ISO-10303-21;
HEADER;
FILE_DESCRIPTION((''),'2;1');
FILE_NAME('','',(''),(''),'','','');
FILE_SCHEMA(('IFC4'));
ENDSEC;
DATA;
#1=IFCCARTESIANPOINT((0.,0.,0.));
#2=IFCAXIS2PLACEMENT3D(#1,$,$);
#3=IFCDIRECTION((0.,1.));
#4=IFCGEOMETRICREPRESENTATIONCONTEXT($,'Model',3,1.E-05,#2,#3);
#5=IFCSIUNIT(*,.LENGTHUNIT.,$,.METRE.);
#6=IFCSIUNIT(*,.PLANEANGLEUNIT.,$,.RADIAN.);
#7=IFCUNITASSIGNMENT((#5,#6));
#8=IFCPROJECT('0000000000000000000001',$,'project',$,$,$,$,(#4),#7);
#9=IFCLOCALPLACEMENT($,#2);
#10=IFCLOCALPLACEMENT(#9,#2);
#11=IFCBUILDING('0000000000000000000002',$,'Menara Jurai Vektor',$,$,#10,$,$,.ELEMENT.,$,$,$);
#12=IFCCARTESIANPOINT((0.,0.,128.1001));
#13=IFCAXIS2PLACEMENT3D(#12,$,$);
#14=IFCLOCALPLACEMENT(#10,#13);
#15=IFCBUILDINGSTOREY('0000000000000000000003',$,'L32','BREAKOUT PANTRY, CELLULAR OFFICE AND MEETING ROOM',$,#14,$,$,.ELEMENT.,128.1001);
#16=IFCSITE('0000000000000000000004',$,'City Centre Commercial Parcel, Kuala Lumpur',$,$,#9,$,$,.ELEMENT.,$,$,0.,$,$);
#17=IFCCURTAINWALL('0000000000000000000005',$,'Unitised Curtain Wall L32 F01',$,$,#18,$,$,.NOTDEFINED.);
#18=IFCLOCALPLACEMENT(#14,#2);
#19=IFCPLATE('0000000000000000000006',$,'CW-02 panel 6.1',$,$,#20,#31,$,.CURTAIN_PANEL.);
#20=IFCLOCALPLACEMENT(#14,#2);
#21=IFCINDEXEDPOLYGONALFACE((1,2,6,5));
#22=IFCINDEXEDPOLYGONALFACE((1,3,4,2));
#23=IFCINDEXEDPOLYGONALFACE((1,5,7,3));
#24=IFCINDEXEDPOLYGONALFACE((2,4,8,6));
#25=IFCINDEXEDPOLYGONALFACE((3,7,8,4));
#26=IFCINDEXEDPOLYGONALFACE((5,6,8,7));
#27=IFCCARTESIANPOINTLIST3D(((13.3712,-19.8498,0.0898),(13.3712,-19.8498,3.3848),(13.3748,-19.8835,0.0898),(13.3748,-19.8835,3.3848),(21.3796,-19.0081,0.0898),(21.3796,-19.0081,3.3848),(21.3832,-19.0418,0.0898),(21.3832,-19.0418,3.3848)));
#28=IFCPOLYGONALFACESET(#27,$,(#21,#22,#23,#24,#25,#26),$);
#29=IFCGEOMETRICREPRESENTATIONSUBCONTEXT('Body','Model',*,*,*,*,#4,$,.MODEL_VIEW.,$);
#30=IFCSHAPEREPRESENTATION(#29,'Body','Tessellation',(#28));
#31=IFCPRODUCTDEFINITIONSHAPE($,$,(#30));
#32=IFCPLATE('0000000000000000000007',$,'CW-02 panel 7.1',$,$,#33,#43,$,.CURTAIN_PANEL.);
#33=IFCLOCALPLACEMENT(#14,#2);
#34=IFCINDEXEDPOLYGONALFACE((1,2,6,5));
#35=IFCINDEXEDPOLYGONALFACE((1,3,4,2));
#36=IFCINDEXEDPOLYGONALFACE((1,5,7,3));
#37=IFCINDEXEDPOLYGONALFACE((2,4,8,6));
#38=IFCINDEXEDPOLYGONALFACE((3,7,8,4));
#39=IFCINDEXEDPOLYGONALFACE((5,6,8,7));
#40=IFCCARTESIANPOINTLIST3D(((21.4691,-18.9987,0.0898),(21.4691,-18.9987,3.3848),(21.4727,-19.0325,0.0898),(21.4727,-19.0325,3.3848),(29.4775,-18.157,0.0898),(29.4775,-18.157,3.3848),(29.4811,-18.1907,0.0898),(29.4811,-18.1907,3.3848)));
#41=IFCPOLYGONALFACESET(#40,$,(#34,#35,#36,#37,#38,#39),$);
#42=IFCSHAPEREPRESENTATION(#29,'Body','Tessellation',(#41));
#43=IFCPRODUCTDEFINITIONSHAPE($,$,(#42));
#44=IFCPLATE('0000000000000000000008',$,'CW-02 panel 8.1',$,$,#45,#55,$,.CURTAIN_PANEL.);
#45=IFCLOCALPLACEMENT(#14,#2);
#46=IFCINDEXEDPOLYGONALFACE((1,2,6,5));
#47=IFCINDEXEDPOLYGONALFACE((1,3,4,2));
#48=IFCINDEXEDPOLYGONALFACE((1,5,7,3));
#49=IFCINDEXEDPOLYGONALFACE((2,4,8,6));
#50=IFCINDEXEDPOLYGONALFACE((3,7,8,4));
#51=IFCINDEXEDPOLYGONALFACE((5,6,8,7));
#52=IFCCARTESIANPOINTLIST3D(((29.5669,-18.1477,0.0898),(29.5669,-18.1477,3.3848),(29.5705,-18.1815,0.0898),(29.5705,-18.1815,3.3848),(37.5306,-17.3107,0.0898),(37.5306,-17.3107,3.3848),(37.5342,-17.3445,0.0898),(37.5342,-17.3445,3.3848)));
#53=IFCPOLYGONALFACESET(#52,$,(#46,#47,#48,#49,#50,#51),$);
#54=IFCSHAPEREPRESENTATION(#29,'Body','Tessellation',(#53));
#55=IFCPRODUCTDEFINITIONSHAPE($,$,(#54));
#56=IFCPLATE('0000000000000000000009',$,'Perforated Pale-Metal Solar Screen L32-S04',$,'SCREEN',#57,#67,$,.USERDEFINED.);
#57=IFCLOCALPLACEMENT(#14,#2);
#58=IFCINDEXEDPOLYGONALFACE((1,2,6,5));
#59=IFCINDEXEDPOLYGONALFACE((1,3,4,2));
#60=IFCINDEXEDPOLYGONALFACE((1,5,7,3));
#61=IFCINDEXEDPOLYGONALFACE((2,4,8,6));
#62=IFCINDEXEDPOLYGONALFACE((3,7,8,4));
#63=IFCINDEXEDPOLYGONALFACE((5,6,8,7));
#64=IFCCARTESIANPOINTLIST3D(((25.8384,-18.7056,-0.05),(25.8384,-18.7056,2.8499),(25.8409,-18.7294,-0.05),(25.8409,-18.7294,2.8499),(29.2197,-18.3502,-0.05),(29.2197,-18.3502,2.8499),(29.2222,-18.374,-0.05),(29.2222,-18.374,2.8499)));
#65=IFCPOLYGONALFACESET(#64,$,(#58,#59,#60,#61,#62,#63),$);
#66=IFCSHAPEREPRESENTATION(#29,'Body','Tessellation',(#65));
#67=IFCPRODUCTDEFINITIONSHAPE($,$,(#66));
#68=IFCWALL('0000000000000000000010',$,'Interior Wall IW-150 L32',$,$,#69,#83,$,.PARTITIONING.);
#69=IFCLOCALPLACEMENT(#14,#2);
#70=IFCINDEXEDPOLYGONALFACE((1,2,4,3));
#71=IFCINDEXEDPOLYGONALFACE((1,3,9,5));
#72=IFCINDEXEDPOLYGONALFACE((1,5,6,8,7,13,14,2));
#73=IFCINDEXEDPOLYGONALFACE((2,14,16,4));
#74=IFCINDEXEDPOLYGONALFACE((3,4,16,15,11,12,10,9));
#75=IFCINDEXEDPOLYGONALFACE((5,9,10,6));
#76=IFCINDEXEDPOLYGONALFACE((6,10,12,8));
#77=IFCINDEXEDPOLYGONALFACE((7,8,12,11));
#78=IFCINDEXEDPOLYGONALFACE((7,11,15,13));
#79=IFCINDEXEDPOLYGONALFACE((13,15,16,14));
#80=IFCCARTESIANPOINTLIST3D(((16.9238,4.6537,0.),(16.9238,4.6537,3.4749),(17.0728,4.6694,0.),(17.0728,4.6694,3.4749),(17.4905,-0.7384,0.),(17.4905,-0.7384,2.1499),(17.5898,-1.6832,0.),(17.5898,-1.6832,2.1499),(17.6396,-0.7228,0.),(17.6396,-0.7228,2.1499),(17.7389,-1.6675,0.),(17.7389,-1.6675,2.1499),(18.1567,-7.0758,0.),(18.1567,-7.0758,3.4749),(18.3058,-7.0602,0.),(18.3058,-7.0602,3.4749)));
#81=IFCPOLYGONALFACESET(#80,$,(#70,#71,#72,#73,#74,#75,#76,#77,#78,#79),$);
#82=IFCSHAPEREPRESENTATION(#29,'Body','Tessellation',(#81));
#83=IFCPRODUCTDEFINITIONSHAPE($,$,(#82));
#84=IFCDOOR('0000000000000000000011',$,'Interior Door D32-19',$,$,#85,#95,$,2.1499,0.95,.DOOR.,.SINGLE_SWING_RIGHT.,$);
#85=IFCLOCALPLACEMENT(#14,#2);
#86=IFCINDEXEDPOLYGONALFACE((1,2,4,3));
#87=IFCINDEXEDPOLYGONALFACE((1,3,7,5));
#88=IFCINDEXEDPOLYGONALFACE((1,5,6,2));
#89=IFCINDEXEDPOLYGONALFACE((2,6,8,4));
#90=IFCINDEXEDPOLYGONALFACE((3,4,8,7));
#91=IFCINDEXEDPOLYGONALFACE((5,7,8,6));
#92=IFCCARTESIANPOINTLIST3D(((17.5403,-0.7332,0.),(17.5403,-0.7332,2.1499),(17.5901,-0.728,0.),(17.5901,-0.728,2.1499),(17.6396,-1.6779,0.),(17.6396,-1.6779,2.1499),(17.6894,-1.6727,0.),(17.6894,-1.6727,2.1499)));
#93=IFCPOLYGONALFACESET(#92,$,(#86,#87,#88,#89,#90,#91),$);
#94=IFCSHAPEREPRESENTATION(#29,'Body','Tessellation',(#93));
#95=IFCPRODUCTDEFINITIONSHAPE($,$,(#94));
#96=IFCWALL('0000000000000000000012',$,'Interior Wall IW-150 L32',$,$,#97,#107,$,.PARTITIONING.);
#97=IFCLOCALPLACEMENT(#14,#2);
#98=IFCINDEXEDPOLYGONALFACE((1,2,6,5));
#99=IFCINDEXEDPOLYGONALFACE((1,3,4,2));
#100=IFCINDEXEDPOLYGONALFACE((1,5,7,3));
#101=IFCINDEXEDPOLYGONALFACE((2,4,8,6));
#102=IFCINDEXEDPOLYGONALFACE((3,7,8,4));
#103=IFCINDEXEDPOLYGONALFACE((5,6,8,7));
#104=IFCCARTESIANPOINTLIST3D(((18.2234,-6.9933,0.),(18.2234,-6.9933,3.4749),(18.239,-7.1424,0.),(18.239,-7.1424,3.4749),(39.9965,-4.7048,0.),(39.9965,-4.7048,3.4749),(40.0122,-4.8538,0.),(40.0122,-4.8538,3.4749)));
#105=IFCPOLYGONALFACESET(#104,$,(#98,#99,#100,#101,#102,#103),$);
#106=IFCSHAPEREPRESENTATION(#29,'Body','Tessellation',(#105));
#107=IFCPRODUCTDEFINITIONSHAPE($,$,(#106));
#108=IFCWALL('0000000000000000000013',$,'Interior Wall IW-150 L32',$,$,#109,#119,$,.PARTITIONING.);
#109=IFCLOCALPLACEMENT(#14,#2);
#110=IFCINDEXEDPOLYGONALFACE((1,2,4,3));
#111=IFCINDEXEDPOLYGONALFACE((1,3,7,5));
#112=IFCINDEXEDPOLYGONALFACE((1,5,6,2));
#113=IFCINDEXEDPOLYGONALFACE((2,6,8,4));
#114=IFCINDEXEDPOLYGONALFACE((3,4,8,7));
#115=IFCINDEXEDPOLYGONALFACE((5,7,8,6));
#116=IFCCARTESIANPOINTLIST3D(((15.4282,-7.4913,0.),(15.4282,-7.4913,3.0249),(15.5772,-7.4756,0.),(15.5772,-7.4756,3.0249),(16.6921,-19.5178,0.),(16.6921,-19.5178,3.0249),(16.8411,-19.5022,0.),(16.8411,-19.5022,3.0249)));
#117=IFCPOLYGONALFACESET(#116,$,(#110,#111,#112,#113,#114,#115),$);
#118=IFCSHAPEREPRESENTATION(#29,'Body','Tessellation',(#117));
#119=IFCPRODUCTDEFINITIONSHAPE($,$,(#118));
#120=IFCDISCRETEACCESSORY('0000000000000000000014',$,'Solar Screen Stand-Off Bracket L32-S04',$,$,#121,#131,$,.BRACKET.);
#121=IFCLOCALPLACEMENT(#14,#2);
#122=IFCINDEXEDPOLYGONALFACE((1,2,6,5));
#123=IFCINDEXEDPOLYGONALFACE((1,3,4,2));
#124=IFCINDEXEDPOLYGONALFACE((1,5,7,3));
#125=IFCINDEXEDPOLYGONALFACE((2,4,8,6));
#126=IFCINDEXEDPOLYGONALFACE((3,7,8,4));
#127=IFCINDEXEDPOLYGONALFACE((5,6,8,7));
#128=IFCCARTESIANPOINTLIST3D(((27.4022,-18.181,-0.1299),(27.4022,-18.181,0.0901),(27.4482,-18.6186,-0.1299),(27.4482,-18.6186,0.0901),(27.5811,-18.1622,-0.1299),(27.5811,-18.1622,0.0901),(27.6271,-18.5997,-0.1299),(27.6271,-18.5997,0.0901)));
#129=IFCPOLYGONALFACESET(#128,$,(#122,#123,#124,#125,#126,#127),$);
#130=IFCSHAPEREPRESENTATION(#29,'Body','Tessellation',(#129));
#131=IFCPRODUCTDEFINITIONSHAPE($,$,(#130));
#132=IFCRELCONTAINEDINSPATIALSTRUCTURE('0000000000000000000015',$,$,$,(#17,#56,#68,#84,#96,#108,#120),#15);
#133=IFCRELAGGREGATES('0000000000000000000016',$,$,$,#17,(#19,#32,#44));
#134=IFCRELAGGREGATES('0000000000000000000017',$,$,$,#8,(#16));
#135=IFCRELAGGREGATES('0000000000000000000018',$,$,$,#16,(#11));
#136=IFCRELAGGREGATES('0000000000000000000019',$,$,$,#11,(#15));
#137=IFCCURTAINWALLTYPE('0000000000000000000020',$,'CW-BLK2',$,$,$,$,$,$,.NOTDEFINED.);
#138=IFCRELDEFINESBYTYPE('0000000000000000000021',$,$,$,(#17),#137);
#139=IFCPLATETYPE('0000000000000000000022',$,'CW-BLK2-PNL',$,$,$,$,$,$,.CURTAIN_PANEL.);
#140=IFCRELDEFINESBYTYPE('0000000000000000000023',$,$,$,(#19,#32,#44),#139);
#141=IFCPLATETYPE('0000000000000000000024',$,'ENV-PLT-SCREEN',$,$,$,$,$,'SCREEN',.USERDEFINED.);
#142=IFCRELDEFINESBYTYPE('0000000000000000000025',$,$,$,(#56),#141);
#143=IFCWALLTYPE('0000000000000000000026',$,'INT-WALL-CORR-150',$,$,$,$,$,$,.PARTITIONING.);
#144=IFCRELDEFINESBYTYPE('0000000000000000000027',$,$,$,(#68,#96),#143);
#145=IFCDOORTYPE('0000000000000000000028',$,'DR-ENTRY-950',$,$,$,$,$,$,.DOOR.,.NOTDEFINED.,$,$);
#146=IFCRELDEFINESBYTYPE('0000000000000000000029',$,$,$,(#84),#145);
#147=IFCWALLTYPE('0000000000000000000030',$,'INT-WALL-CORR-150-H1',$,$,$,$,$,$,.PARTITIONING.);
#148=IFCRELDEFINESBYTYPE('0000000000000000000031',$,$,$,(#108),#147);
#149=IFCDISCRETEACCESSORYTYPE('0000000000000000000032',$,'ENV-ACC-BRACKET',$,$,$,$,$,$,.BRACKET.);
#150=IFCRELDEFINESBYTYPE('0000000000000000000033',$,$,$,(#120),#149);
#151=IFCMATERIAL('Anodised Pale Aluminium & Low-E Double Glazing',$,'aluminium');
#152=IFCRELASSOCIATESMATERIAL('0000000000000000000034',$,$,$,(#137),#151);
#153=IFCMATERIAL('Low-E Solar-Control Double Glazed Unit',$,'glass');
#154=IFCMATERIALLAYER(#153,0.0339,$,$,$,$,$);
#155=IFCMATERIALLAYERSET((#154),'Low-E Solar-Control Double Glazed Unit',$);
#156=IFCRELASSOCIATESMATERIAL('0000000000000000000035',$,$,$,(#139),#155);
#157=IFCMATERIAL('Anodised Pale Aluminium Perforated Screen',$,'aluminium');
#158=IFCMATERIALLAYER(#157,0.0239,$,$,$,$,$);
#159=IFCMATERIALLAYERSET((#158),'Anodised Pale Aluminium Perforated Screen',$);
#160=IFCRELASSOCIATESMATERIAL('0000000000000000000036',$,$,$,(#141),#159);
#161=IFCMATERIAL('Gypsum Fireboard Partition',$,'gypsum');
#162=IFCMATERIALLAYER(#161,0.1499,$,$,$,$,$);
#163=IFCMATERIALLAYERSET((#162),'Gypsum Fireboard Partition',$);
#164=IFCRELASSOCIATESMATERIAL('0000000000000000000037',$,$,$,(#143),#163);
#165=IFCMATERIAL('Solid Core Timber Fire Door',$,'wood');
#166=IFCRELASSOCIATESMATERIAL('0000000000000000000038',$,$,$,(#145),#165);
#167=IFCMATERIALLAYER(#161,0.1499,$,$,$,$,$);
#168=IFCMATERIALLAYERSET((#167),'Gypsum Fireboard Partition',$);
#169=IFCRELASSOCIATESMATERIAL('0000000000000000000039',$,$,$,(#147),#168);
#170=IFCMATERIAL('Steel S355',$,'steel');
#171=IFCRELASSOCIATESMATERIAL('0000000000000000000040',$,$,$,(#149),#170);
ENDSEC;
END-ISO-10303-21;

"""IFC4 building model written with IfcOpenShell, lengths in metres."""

from ifc_helpers import new_model, si_unit, direction, frame, frame_2d, origin, origin_2d, place, context, subcontext, project, spatial, rectangle, extrude, material, layer, layer_set, type_object, element, fill, aggregate, save


model = new_model("IFC4")

# Units and contexts
model_context = context("Model", 3, precision=1e-05, world=origin(), true_north=direction((0.0, 1.0)))
body_context = subcontext(model_context, "Body", "Model", "MODEL_VIEW")
ifc_project = project(units=[si_unit("LENGTHUNIT", "METRE"), si_unit("PLANEANGLEUNIT", "RADIAN")], contexts=[model_context])

# Site, building, storey
site_placement = place(None, origin())
site = spatial("IfcSite", under=ifc_project, at=site_placement, Name="City Centre Commercial Parcel, Kuala Lumpur", CompositionType="ELEMENT", RefElevation=0.0)
building_placement = place(site_placement, origin())
building = spatial("IfcBuilding", under=site, at=building_placement, Name="Menara Jurai Vektor", CompositionType="ELEMENT")
storey_placement = place(building_placement, frame((0.0, 0.0, 128.1001)))
storey = spatial("IfcBuildingStorey", under=building, at=storey_placement, Name="L32", Description="BREAKOUT PANTRY, CELLULAR OFFICE AND MEETING ROOM", CompositionType="ELEMENT", Elevation=128.1001)

# Curtain wall
ifc_material_1 = material(Name="Anodised Pale Aluminium & Low-E Double Glazing", Category="aluminium")
curtain_wall_type = type_object("IfcCurtainWallType", Name="CW-BLK2", PredefinedType="NOTDEFINED", material=ifc_material_1)
curtain_wall_placement = place(storey_placement, origin())
curtain_wall = element("IfcCurtainWall", 1, at=curtain_wall_placement, inside=storey, type_object=curtain_wall_type, Name="Unitised Curtain Wall L32 F01", PredefinedType="NOTDEFINED")

# Shared definitions
ifc_material_2 = material(Name="Steel S355", Category="steel")

# Plates
ifc_material_3 = material(Name="Low-E Solar-Control Double Glazed Unit", Category="glass")
ifc_layer_1 = layer(ifc_material_3, 0.0339)
ifc_layer_set_1 = layer_set([ifc_layer_1], Name="Low-E Solar-Control Double Glazed Unit")
plate_type_1 = type_object("IfcPlateType", Name="CW-BLK2-PNL", PredefinedType="CURTAIN_PANEL", material=ifc_layer_set_1)
plate_1_placement = place(storey_placement, frame((17.3772, -19.4458, 0.0898), z_axis=(0.0, 0.0, 1.0), x_axis=(0.994522, 0.104529, 0.0)))
plate_1 = element("IfcPlate", 2, at=plate_1_placement, type_object=plate_type_1, Name="CW-02 panel 6.1", PredefinedType="CURTAIN_PANEL", context=body_context, shape_type="SweptSolid", body=[
    extrude(rectangle(XDim=8.0525, YDim=0.0339, at=origin_2d()), origin(), (0.0, 0.0, 1.0), 3.2949),
])
plate_2_placement = place(storey_placement, frame((25.4751, -18.5947, 0.0898), z_axis=(0.0, 0.0, 1.0), x_axis=(0.994522, 0.104529, 0.0)))
plate_2 = element("IfcPlate", 3, at=plate_2_placement, type_object=plate_type_1, Name="CW-02 panel 7.1", PredefinedType="CURTAIN_PANEL", context=body_context, shape_type="SweptSolid", body=[
    extrude(rectangle(XDim=8.0525, YDim=0.0339, at=origin_2d()), origin(), (0.0, 0.0, 1.0), 3.2949),
])
plate_3_placement = place(storey_placement, frame((33.5505, -17.7461, 0.0898), z_axis=(0.0, 0.0, 1.0), x_axis=(0.994522, 0.104529, 0.0)))
plate_3 = element("IfcPlate", 4, at=plate_3_placement, type_object=plate_type_1, Name="CW-02 panel 8.1", PredefinedType="CURTAIN_PANEL", context=body_context, shape_type="SweptSolid", body=[
    extrude(rectangle(XDim=8.0076, YDim=0.0339, at=origin_2d()), origin(), (0.0, 0.0, 1.0), 3.2949),
])
aggregate(curtain_wall, [plate_1, plate_2, plate_3])
ifc_material_4 = material(Name="Anodised Pale Aluminium Perforated Screen", Category="aluminium")
ifc_layer_2 = layer(ifc_material_4, 0.0239)
ifc_layer_set_2 = layer_set([ifc_layer_2], Name="Anodised Pale Aluminium Perforated Screen")
plate_type_2 = type_object("IfcPlateType", Name="ENV-PLT-SCREEN", ElementType="SCREEN", PredefinedType="USERDEFINED", material=ifc_layer_set_2)
plate_4_placement = place(storey_placement, frame((27.5303, -18.5398, -0.05), z_axis=(0.0, 0.0, 1.0), x_axis=(0.994522, 0.104528, 0.0)))
element("IfcPlate", 5, at=plate_4_placement, inside=storey, type_object=plate_type_2, Name="Perforated Pale-Metal Solar Screen L32-S04", ObjectType="SCREEN", PredefinedType="USERDEFINED", context=body_context, shape_type="SweptSolid", body=[
    extrude(rectangle(XDim=3.3999, YDim=0.0239, at=origin_2d()), origin(), (0.0, 0.0, 1.0), 2.8999),
])

# Wall, opening, door
ifc_material_5 = material(Name="Gypsum Fireboard Partition", Category="gypsum")
ifc_layer_3 = layer(ifc_material_5, 0.1499)
ifc_layer_set_3 = layer_set([ifc_layer_3], Name="Gypsum Fireboard Partition")
wall_type_1 = type_object("IfcWallType", Name="INT-WALL-CORR-150", PredefinedType="PARTITIONING", material=ifc_layer_set_3)
ifc_material_6 = material(Name="Solid Core Timber Fire Door", Category="wood")
door_type = type_object("IfcDoorType", Name="DR-ENTRY-950", OperationType="NOTDEFINED", PredefinedType="DOOR", material=ifc_material_6)
wall_1_placement = place(storey_placement, frame((18.2312, -7.0679, 0.0), z_axis=(0.0, 0.0, 1.0), x_axis=(-0.104536, 0.994521, 0.0)))
wall_1 = element("IfcWall", 6, at=wall_1_placement, inside=storey, type_object=wall_type_1, Name="Interior Wall IW-150 L32", PredefinedType="PARTITIONING", context=body_context, shape_type="SweptSolid", body=[
    extrude(rectangle(XDim=11.7942, YDim=0.1499, at=frame_2d((5.897, 0.0))), origin(), (0.0, 0.0, 1.0), 3.4749),
])
opening_1_placement = place(wall_1_placement, frame((5.4221, 0.0, 0.0)))
opening_1 = element("IfcOpeningElement", 7, at=opening_1_placement, cuts=wall_1, PredefinedType="OPENING", context=body_context, shape_type="SweptSolid", body=[
    extrude(rectangle(XDim=0.95, YDim=2.1499, at=frame_2d((0.4751, 1.075))), frame((0.0, 0.085, 0.0), z_axis=(0.0, -1.0, 0.0), x_axis=(1.0, 0.0, 0.0)), (0.0, 0.0, 1.0), 0.1699),
])
door_1_placement = place(opening_1_placement, origin())
door_1 = element("IfcDoor", 8, at=door_1_placement, inside=storey, type_object=door_type, Name="Interior Door D32-19", OperationType="SINGLE_SWING_RIGHT", OverallHeight=2.1499, OverallWidth=0.95, PredefinedType="DOOR", context=body_context, shape_type="SweptSolid", body=[
    extrude(rectangle(XDim=0.95, YDim=2.1499, at=frame_2d((0.4751, 1.075))), frame((0.0, 0.0249, 0.0), z_axis=(0.0, -1.0, 0.0), x_axis=(1.0, 0.0, 0.0)), (0.0, 0.0, 1.0), 0.05),
])
fill(opening_1, door_1)

# Walls
wall_2_placement = place(storey_placement, frame((18.2312, -7.0679, 0.0), z_axis=(0.0, 0.0, 1.0), x_axis=(0.994521, 0.104534, 0.0)))
element("IfcWall", 9, at=wall_2_placement, inside=storey, type_object=wall_type_1, Name="Interior Wall IW-150 L32", PredefinedType="PARTITIONING", context=body_context, shape_type="SweptSolid", body=[
    extrude(rectangle(XDim=21.8931, YDim=0.1499, at=frame_2d((10.9465, 0.0))), origin(), (0.0, 0.0, 1.0), 3.4749),
])
ifc_layer_4 = layer(ifc_material_5, 0.1499)
ifc_layer_set_4 = layer_set([ifc_layer_4], Name="Gypsum Fireboard Partition")
wall_type_2 = type_object("IfcWallType", Name="INT-WALL-CORR-150-H1", PredefinedType="PARTITIONING", material=ifc_layer_set_4)
wall_3_placement = place(storey_placement, frame((16.7666, -19.51, 0.0), z_axis=(0.0, 0.0, 1.0), x_axis=(-0.104518, 0.994523, 0.0)))
element("IfcWall", 10, at=wall_3_placement, inside=storey, type_object=wall_type_2, Name="Interior Wall IW-150 L32", PredefinedType="PARTITIONING", context=body_context, shape_type="SweptSolid", body=[
    extrude(rectangle(XDim=12.0928, YDim=0.1499, at=frame_2d((6.0464, 0.0))), origin(), (0.0, 0.0, 1.0), 3.0249),
])

# Discrete accessory
discrete_accessory_type = type_object("IfcDiscreteAccessoryType", Name="ENV-ACC-BRACKET", PredefinedType="BRACKET", material=ifc_material_2)
discrete_accessory_placement = place(storey_placement, frame((27.5146, -18.3904, -0.1299), z_axis=(0.0, 0.0, 1.0), x_axis=(0.994522, 0.104528, 0.0)))
element("IfcDiscreteAccessory", 11, at=discrete_accessory_placement, inside=storey, type_object=discrete_accessory_type, Name="Solar Screen Stand-Off Bracket L32-S04", PredefinedType="BRACKET", context=body_context, shape_type="SweptSolid", body=[
    extrude(rectangle(XDim=0.1799, YDim=0.4399, at=origin_2d()), origin(), (0.0, 0.0, 1.0), 0.22),
])

save(model, "model.ifc")
